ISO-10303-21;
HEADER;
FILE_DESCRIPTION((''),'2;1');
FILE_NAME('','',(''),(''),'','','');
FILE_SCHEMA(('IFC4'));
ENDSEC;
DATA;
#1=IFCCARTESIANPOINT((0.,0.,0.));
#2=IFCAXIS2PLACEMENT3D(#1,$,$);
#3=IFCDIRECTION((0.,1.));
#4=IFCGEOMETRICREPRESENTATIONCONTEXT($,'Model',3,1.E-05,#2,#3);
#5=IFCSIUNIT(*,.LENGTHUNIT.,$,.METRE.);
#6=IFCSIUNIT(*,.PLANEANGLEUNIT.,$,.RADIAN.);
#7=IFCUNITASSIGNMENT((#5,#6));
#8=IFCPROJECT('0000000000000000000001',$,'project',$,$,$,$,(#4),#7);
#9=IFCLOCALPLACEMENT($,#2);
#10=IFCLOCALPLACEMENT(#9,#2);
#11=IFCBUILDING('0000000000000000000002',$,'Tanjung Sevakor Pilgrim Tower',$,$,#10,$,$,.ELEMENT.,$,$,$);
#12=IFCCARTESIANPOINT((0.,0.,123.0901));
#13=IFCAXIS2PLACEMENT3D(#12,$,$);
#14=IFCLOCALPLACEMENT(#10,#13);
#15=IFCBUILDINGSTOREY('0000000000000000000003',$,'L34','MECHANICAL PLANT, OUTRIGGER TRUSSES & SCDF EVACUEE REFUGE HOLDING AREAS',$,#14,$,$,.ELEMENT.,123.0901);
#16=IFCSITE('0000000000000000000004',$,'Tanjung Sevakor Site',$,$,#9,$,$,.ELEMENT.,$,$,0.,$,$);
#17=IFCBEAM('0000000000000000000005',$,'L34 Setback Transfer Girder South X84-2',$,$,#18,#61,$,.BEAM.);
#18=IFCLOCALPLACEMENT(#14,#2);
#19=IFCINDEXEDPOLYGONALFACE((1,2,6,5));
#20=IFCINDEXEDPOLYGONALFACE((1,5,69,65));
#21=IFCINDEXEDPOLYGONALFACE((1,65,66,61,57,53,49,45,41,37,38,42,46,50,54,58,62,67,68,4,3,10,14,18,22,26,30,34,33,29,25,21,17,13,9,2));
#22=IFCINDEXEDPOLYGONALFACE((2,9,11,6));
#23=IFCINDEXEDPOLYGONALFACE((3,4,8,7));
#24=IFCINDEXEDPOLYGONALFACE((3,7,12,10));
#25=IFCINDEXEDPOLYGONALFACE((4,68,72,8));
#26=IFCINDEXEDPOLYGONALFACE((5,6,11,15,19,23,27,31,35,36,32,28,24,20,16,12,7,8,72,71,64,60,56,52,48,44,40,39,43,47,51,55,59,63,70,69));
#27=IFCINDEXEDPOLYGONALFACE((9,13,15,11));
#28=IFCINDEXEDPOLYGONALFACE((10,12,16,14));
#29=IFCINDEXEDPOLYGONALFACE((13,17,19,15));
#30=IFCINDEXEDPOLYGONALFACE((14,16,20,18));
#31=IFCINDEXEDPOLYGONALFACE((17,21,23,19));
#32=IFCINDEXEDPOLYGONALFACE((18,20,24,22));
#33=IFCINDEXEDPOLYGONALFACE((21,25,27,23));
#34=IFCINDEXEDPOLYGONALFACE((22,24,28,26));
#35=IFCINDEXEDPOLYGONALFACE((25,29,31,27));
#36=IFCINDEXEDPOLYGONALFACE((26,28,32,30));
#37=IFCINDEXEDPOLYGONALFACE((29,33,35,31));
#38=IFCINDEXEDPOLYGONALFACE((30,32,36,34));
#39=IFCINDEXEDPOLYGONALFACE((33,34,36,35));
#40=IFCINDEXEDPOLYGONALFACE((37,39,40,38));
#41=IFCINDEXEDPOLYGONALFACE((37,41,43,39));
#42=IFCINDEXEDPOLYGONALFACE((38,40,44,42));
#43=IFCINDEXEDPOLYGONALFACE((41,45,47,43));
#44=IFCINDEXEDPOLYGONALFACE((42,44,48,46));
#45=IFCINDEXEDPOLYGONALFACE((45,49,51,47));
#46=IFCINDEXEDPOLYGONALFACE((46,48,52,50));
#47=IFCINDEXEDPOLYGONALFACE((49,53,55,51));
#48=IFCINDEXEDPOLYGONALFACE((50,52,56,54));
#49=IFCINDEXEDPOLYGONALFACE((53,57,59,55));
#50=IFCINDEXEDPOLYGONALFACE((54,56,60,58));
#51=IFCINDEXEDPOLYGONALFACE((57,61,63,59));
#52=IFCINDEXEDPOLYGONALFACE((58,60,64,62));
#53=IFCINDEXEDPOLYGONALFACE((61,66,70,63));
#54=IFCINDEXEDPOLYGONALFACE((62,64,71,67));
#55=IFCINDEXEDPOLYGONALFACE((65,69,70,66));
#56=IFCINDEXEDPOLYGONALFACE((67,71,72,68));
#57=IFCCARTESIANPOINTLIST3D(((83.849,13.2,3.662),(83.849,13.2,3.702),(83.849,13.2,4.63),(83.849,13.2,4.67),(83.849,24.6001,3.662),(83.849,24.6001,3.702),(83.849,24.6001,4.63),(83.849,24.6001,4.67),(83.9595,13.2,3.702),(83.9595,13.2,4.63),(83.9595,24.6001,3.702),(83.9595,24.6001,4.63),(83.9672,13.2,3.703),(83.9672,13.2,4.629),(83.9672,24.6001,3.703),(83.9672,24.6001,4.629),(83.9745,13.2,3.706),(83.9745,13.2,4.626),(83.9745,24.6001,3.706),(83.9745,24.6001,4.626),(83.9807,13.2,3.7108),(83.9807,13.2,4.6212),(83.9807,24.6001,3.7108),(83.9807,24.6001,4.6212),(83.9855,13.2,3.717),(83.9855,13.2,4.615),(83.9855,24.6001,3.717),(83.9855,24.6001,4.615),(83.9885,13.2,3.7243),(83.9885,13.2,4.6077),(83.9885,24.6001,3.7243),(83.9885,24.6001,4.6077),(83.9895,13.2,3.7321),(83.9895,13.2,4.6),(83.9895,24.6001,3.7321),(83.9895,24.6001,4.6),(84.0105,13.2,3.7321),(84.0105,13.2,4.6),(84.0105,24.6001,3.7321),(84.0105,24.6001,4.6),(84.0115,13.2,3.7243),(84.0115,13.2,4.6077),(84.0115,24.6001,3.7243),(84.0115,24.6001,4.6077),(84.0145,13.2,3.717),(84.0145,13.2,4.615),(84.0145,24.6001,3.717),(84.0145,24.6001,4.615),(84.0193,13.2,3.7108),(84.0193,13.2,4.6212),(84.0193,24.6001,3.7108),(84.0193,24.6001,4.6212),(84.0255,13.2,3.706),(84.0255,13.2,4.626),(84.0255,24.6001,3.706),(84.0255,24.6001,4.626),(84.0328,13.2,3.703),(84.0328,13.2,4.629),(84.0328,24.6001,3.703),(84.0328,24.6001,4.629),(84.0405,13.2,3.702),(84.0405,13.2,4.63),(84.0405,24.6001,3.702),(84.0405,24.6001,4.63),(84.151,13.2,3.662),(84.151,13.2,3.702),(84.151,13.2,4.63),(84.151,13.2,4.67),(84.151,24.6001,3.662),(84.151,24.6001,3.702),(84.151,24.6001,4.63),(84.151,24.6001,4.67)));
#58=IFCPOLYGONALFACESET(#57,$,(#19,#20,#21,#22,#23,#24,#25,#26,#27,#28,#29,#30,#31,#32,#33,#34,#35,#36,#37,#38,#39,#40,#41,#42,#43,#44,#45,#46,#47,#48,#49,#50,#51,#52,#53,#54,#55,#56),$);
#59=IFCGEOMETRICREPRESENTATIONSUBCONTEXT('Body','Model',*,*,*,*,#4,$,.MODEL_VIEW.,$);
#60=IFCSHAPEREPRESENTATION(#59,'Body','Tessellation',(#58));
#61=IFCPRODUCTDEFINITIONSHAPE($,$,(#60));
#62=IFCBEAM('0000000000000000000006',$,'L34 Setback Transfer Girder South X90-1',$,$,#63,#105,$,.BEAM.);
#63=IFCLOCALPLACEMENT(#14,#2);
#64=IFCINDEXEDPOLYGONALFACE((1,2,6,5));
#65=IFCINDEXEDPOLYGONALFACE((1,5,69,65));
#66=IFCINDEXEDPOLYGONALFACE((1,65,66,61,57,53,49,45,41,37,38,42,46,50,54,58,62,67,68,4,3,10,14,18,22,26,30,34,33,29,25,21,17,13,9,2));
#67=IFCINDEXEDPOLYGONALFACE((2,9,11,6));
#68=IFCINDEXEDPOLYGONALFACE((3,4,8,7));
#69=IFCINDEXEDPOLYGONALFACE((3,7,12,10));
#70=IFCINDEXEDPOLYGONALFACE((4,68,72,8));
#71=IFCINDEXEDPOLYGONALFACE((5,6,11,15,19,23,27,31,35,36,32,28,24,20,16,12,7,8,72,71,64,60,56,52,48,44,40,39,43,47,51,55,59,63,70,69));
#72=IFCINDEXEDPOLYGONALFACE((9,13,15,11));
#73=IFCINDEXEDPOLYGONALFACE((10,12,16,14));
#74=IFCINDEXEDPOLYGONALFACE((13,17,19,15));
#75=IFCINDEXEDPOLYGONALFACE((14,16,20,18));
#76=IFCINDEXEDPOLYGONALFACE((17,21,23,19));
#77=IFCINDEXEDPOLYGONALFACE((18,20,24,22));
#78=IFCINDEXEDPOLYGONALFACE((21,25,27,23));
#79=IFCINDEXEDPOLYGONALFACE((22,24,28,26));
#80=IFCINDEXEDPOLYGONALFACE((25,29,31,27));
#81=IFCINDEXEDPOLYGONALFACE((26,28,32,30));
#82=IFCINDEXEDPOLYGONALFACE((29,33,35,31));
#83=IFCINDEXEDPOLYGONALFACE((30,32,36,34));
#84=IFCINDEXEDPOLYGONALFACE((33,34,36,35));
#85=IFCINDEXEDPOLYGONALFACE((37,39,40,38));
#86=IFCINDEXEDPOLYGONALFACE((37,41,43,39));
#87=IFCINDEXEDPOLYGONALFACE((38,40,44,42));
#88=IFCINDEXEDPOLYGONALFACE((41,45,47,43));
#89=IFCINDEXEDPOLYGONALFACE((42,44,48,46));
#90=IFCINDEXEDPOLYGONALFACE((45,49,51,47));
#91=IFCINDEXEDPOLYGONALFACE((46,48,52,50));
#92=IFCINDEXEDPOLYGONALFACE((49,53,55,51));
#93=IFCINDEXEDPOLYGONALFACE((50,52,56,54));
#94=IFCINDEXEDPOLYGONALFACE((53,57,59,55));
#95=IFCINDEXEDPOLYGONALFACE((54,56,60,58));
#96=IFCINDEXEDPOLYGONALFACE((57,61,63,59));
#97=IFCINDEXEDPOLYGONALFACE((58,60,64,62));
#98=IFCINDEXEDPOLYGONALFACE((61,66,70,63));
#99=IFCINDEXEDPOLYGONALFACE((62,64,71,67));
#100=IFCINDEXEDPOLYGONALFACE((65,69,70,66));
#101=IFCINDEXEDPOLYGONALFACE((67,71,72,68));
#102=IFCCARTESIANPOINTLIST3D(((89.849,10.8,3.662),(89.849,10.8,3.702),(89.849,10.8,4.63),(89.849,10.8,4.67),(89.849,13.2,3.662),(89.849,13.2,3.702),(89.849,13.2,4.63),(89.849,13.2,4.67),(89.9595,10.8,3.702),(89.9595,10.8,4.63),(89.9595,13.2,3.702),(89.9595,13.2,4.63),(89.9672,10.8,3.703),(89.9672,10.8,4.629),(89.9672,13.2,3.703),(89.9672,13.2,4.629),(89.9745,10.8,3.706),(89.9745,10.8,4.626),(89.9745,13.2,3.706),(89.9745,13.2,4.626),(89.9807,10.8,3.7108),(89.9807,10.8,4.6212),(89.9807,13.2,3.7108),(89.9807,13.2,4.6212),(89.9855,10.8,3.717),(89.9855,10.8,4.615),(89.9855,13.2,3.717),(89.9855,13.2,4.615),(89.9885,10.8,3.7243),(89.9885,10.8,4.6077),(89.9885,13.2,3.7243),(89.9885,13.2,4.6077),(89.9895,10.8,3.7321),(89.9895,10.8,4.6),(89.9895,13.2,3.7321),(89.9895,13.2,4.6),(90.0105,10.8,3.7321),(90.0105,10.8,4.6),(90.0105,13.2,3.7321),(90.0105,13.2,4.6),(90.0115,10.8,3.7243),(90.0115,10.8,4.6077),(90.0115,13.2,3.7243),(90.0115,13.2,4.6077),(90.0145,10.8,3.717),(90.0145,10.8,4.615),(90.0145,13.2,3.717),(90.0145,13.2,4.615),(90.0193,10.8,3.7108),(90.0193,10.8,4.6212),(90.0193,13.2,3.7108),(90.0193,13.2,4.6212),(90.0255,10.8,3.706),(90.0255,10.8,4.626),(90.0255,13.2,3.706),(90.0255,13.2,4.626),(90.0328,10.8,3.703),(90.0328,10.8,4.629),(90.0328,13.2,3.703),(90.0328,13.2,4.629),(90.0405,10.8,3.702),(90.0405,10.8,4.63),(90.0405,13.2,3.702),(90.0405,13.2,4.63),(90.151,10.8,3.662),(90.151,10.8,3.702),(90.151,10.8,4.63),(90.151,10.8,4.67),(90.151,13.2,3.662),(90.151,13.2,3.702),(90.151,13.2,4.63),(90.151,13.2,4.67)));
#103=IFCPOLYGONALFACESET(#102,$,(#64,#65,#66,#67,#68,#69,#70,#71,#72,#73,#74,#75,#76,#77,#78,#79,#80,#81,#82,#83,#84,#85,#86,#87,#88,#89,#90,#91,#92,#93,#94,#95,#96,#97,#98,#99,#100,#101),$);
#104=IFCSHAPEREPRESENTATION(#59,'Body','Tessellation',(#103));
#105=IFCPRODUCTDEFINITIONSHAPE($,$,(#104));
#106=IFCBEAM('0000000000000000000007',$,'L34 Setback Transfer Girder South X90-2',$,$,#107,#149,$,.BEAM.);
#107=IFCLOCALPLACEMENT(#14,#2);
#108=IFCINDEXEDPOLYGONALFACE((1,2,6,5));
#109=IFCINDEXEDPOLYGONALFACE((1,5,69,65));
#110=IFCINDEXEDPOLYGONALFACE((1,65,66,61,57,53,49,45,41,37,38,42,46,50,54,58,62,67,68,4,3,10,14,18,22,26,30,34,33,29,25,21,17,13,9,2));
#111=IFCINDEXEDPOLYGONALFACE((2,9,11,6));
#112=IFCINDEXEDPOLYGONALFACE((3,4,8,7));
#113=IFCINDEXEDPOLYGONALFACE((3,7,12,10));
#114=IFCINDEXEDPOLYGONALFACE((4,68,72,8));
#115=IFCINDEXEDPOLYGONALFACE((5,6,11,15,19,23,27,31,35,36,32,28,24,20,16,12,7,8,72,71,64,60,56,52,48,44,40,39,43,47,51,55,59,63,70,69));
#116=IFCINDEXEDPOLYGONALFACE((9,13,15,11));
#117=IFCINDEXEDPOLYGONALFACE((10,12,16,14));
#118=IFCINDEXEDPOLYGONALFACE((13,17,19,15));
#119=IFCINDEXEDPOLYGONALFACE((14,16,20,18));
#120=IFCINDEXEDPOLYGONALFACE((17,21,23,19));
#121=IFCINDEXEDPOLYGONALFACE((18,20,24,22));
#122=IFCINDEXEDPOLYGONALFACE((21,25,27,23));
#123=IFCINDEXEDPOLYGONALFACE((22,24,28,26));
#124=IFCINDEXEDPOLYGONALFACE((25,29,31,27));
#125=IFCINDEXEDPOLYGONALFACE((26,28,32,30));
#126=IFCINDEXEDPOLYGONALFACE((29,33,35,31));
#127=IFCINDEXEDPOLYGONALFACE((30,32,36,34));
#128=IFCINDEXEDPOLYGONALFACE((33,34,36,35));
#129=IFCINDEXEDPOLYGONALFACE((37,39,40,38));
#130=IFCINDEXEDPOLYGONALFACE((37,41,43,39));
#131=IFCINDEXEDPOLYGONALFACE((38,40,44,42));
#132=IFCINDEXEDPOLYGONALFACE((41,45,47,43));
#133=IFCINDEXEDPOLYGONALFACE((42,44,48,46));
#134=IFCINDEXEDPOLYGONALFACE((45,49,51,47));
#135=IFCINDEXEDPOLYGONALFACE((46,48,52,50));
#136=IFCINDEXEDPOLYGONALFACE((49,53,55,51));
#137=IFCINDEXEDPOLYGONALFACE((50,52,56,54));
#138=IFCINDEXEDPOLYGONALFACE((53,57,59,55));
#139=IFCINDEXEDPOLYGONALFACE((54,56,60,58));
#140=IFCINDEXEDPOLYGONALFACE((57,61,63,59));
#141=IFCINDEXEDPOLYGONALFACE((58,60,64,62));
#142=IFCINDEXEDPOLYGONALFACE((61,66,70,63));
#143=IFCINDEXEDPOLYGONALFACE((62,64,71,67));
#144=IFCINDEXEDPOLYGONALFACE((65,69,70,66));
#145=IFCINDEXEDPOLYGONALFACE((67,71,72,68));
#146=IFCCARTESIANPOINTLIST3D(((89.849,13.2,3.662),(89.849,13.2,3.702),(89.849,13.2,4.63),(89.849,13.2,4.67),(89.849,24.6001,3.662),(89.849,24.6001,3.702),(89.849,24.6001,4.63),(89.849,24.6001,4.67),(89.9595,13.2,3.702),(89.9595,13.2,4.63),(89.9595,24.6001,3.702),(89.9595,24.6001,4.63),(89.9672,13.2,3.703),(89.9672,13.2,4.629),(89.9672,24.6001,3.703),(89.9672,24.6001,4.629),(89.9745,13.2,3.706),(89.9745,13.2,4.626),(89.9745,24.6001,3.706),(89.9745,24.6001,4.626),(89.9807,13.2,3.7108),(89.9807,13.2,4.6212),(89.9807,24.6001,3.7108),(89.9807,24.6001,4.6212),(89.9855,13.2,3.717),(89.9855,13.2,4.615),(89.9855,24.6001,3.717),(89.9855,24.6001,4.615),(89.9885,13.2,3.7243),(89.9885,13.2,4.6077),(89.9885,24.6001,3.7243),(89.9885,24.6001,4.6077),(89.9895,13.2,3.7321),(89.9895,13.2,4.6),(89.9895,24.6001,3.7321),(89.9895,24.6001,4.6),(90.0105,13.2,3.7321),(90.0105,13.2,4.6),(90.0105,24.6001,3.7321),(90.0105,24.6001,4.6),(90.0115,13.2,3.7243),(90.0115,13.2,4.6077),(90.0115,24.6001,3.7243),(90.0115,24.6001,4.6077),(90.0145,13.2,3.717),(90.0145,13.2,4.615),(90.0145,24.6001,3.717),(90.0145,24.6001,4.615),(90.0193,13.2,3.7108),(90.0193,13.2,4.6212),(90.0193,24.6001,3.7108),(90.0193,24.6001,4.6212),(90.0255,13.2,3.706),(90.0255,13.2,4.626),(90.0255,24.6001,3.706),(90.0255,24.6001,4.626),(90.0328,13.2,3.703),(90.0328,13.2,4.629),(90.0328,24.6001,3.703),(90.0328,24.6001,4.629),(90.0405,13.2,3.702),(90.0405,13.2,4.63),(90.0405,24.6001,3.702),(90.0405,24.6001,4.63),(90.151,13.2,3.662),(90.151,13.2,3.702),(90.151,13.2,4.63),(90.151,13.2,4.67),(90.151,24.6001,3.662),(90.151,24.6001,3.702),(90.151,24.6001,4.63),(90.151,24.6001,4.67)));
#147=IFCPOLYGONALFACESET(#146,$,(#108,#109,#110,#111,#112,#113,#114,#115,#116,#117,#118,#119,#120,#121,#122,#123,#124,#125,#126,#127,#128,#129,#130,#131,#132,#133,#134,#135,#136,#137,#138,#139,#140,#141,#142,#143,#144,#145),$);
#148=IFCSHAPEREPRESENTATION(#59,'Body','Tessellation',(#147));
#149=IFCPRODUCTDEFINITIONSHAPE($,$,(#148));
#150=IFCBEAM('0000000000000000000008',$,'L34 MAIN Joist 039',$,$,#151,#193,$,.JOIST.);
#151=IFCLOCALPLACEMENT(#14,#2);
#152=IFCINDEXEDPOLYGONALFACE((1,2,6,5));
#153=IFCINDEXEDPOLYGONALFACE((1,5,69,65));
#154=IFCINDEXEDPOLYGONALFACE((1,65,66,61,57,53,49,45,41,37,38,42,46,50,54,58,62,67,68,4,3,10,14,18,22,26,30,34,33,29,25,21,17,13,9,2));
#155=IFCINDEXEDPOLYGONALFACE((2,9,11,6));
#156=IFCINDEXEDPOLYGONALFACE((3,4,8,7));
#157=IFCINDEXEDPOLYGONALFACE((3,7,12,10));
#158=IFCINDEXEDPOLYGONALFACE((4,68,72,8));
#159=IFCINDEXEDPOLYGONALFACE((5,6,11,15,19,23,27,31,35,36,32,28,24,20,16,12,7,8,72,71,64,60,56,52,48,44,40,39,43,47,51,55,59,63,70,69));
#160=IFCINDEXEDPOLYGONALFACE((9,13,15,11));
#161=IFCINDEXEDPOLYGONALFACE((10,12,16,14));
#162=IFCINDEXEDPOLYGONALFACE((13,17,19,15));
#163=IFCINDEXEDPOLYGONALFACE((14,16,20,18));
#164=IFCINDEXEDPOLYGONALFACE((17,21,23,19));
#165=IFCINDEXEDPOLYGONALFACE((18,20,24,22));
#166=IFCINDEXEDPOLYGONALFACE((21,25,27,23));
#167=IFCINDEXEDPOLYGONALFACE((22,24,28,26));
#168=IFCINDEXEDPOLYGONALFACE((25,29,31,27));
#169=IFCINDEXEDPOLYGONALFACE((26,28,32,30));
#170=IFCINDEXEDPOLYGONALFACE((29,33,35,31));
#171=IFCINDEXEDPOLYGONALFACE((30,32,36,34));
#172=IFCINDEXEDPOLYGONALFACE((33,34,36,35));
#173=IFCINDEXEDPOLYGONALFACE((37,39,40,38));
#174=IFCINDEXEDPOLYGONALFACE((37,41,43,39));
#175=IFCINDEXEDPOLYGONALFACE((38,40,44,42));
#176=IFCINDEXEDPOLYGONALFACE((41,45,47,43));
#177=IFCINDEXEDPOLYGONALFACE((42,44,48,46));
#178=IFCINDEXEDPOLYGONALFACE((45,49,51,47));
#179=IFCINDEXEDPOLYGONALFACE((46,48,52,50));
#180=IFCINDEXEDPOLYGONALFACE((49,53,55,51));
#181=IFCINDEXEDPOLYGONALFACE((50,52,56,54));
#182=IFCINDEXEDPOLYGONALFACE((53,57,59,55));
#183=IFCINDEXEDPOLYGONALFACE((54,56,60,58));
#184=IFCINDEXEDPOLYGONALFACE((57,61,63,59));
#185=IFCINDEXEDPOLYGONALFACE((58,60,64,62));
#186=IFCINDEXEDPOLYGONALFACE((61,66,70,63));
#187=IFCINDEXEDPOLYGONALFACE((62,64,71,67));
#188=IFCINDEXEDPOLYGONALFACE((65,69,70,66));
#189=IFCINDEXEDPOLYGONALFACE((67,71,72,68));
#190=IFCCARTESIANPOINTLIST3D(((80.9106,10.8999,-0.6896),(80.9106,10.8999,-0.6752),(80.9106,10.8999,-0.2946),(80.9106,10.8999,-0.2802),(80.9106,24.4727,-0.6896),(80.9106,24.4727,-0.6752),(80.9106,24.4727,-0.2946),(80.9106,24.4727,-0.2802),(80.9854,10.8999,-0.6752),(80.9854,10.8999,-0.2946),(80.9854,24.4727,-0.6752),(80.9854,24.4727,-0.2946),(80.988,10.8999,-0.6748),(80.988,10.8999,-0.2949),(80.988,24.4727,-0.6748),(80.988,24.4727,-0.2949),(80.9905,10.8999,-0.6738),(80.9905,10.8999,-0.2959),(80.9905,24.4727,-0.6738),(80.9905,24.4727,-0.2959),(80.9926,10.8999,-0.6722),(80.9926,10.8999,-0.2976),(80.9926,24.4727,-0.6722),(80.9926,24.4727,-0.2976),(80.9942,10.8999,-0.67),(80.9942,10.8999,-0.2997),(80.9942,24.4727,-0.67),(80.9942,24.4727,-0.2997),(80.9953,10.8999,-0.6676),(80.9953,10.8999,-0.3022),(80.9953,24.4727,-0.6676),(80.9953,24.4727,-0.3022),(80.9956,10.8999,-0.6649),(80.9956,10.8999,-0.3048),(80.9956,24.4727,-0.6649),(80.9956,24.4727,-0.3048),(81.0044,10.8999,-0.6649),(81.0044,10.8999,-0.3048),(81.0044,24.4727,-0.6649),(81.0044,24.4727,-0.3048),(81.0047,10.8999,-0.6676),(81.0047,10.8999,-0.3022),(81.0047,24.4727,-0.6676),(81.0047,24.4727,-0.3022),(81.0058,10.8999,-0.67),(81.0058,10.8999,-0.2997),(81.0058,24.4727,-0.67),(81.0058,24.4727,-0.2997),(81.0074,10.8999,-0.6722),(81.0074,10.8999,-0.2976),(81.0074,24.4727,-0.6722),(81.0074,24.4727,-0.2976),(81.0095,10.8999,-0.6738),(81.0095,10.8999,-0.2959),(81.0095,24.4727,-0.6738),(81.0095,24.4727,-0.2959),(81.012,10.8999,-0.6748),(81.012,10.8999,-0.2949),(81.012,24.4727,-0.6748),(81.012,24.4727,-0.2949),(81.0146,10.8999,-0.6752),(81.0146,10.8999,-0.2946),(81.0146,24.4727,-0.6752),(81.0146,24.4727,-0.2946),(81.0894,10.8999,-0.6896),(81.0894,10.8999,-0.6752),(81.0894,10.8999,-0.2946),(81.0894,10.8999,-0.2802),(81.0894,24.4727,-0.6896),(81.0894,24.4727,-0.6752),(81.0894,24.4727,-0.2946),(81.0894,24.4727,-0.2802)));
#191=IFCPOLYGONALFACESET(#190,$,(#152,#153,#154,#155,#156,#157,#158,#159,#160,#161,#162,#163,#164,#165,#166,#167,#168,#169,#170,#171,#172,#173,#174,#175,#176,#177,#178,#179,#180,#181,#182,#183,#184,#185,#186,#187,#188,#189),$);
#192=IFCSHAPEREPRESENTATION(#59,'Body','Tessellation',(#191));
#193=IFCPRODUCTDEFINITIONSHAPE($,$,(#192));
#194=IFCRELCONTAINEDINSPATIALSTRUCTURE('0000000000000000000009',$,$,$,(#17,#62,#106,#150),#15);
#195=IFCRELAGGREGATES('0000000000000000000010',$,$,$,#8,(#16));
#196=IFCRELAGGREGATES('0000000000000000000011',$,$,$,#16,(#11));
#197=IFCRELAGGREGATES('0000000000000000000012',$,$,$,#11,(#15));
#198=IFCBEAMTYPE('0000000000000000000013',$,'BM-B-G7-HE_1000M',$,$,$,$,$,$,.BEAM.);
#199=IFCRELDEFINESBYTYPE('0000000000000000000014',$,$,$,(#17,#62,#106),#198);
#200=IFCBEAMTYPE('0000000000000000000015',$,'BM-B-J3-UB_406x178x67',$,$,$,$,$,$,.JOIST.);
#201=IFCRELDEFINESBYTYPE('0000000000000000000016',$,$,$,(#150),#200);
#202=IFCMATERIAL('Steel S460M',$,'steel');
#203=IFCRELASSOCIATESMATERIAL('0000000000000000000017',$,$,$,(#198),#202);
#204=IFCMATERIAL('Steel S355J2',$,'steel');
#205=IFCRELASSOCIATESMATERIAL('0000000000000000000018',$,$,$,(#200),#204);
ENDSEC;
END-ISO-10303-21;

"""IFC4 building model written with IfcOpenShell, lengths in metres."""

from ifc_helpers import new_model, si_unit, direction, frame, origin, origin_2d, place, context, subcontext, project, spatial, i_section, extrude, material, material_profile, profile_set, type_object, element, save


model = new_model("IFC4")

# Units and contexts
model_context = context("Model", 3, precision=1e-05, world=origin(), true_north=direction((0.0, 1.0)))
body_context = subcontext(model_context, "Body", "Model", "MODEL_VIEW")
ifc_project = project(units=[si_unit("LENGTHUNIT", "METRE"), si_unit("PLANEANGLEUNIT", "RADIAN")], contexts=[model_context])

# Site, building, storey
site_placement = place(None, origin())
site = spatial("IfcSite", under=ifc_project, at=site_placement, Name="Tanjung Sevakor Site", CompositionType="ELEMENT", RefElevation=0.0)
building_placement = place(site_placement, origin())
building = spatial("IfcBuilding", under=site, at=building_placement, Name="Tanjung Sevakor Pilgrim Tower", CompositionType="ELEMENT")
storey_placement = place(building_placement, frame((0.0, 0.0, 123.0901)))
storey = spatial("IfcBuildingStorey", under=building, at=storey_placement, Name="L34", Description="MECHANICAL PLANT, OUTRIGGER TRUSSES & SCDF EVACUEE REFUGE HOLDING AREAS", CompositionType="ELEMENT", Elevation=123.0901)

# Beams
ifc_material_1 = material(Name="Steel S460M", Category="steel")
ifc_material_profile_1 = material_profile(ifc_material_1, i_section(OverallWidth=0.302, OverallDepth=1.0081, WebThickness=0.021, FlangeThickness=0.04, FilletRadius=0.03, at=origin_2d()))
ifc_profile_set_1 = profile_set([ifc_material_profile_1], Name="Steel S460M")
beam_type_1 = type_object("IfcBeamType", Name="BM-B-G7-HE_1000M", PredefinedType="BEAM", material=ifc_profile_set_1)
beam_1_placement = place(storey_placement, frame((84.0, 13.2, 4.166), z_axis=(0.0, 1.0, 0.0), x_axis=(-1.0, 0.0, 0.0)))
element("IfcBeam", 1, at=beam_1_placement, inside=storey, type_object=beam_type_1, Name="L34 Setback Transfer Girder South X84-2", PredefinedType="BEAM", context=body_context, shape_type="SweptSolid", body=[
    extrude(i_section(OverallWidth=0.302, OverallDepth=1.0081, WebThickness=0.021, FlangeThickness=0.04, FilletRadius=0.03, at=origin_2d()), origin(), (0.0, 0.0, 1.0), 11.4001),
])
beam_2_placement = place(storey_placement, frame((90.0, 10.8, 4.166), z_axis=(0.0, 1.0, 0.0), x_axis=(-1.0, 0.0, 0.0)))
element("IfcBeam", 2, at=beam_2_placement, inside=storey, type_object=beam_type_1, Name="L34 Setback Transfer Girder South X90-1", PredefinedType="BEAM", context=body_context, shape_type="SweptSolid", body=[
    extrude(i_section(OverallWidth=0.302, OverallDepth=1.0081, WebThickness=0.021, FlangeThickness=0.04, FilletRadius=0.03, at=origin_2d()), origin(), (0.0, 0.0, 1.0), 2.3999),
])
beam_3_placement = place(storey_placement, frame((90.0, 13.2, 4.166), z_axis=(0.0, 1.0, 0.0), x_axis=(-1.0, 0.0, 0.0)))
element("IfcBeam", 3, at=beam_3_placement, inside=storey, type_object=beam_type_1, Name="L34 Setback Transfer Girder South X90-2", PredefinedType="BEAM", context=body_context, shape_type="SweptSolid", body=[
    extrude(i_section(OverallWidth=0.302, OverallDepth=1.0081, WebThickness=0.021, FlangeThickness=0.04, FilletRadius=0.03, at=origin_2d()), origin(), (0.0, 0.0, 1.0), 11.4001),
])
ifc_material_2 = material(Name="Steel S355J2", Category="steel")
ifc_material_profile_2 = material_profile(ifc_material_2, i_section(OverallWidth=0.1787, OverallDepth=0.4094, WebThickness=0.0088, FlangeThickness=0.0144, FilletRadius=0.0103, at=origin_2d()))
ifc_profile_set_2 = profile_set([ifc_material_profile_2], Name="Steel S355J2")
beam_type_2 = type_object("IfcBeamType", Name="BM-B-J3-UB_406x178x67", PredefinedType="JOIST", material=ifc_profile_set_2)
for number, where, z_axis, x_axis, name in (
    (4, (81.0, 10.8999, -0.4849), (0.0, 1.0, 0.0), (-1.0, 0.0, 0.0), "L34 MAIN Joist 039"),
):
    element("IfcBeam", number, at=place(storey_placement, frame(where, z_axis=z_axis, x_axis=x_axis)), inside=storey, type_object=beam_type_2, Name=name, PredefinedType="JOIST", context=body_context, shape_type="SweptSolid", body=[
        extrude(i_section(OverallWidth=0.1787, OverallDepth=0.4094, WebThickness=0.0088, FlangeThickness=0.0144, FilletRadius=0.0103, at=origin_2d()), origin(), (0.0, 0.0, 1.0), 13.5728),
    ])

save(model, "model.ifc")
